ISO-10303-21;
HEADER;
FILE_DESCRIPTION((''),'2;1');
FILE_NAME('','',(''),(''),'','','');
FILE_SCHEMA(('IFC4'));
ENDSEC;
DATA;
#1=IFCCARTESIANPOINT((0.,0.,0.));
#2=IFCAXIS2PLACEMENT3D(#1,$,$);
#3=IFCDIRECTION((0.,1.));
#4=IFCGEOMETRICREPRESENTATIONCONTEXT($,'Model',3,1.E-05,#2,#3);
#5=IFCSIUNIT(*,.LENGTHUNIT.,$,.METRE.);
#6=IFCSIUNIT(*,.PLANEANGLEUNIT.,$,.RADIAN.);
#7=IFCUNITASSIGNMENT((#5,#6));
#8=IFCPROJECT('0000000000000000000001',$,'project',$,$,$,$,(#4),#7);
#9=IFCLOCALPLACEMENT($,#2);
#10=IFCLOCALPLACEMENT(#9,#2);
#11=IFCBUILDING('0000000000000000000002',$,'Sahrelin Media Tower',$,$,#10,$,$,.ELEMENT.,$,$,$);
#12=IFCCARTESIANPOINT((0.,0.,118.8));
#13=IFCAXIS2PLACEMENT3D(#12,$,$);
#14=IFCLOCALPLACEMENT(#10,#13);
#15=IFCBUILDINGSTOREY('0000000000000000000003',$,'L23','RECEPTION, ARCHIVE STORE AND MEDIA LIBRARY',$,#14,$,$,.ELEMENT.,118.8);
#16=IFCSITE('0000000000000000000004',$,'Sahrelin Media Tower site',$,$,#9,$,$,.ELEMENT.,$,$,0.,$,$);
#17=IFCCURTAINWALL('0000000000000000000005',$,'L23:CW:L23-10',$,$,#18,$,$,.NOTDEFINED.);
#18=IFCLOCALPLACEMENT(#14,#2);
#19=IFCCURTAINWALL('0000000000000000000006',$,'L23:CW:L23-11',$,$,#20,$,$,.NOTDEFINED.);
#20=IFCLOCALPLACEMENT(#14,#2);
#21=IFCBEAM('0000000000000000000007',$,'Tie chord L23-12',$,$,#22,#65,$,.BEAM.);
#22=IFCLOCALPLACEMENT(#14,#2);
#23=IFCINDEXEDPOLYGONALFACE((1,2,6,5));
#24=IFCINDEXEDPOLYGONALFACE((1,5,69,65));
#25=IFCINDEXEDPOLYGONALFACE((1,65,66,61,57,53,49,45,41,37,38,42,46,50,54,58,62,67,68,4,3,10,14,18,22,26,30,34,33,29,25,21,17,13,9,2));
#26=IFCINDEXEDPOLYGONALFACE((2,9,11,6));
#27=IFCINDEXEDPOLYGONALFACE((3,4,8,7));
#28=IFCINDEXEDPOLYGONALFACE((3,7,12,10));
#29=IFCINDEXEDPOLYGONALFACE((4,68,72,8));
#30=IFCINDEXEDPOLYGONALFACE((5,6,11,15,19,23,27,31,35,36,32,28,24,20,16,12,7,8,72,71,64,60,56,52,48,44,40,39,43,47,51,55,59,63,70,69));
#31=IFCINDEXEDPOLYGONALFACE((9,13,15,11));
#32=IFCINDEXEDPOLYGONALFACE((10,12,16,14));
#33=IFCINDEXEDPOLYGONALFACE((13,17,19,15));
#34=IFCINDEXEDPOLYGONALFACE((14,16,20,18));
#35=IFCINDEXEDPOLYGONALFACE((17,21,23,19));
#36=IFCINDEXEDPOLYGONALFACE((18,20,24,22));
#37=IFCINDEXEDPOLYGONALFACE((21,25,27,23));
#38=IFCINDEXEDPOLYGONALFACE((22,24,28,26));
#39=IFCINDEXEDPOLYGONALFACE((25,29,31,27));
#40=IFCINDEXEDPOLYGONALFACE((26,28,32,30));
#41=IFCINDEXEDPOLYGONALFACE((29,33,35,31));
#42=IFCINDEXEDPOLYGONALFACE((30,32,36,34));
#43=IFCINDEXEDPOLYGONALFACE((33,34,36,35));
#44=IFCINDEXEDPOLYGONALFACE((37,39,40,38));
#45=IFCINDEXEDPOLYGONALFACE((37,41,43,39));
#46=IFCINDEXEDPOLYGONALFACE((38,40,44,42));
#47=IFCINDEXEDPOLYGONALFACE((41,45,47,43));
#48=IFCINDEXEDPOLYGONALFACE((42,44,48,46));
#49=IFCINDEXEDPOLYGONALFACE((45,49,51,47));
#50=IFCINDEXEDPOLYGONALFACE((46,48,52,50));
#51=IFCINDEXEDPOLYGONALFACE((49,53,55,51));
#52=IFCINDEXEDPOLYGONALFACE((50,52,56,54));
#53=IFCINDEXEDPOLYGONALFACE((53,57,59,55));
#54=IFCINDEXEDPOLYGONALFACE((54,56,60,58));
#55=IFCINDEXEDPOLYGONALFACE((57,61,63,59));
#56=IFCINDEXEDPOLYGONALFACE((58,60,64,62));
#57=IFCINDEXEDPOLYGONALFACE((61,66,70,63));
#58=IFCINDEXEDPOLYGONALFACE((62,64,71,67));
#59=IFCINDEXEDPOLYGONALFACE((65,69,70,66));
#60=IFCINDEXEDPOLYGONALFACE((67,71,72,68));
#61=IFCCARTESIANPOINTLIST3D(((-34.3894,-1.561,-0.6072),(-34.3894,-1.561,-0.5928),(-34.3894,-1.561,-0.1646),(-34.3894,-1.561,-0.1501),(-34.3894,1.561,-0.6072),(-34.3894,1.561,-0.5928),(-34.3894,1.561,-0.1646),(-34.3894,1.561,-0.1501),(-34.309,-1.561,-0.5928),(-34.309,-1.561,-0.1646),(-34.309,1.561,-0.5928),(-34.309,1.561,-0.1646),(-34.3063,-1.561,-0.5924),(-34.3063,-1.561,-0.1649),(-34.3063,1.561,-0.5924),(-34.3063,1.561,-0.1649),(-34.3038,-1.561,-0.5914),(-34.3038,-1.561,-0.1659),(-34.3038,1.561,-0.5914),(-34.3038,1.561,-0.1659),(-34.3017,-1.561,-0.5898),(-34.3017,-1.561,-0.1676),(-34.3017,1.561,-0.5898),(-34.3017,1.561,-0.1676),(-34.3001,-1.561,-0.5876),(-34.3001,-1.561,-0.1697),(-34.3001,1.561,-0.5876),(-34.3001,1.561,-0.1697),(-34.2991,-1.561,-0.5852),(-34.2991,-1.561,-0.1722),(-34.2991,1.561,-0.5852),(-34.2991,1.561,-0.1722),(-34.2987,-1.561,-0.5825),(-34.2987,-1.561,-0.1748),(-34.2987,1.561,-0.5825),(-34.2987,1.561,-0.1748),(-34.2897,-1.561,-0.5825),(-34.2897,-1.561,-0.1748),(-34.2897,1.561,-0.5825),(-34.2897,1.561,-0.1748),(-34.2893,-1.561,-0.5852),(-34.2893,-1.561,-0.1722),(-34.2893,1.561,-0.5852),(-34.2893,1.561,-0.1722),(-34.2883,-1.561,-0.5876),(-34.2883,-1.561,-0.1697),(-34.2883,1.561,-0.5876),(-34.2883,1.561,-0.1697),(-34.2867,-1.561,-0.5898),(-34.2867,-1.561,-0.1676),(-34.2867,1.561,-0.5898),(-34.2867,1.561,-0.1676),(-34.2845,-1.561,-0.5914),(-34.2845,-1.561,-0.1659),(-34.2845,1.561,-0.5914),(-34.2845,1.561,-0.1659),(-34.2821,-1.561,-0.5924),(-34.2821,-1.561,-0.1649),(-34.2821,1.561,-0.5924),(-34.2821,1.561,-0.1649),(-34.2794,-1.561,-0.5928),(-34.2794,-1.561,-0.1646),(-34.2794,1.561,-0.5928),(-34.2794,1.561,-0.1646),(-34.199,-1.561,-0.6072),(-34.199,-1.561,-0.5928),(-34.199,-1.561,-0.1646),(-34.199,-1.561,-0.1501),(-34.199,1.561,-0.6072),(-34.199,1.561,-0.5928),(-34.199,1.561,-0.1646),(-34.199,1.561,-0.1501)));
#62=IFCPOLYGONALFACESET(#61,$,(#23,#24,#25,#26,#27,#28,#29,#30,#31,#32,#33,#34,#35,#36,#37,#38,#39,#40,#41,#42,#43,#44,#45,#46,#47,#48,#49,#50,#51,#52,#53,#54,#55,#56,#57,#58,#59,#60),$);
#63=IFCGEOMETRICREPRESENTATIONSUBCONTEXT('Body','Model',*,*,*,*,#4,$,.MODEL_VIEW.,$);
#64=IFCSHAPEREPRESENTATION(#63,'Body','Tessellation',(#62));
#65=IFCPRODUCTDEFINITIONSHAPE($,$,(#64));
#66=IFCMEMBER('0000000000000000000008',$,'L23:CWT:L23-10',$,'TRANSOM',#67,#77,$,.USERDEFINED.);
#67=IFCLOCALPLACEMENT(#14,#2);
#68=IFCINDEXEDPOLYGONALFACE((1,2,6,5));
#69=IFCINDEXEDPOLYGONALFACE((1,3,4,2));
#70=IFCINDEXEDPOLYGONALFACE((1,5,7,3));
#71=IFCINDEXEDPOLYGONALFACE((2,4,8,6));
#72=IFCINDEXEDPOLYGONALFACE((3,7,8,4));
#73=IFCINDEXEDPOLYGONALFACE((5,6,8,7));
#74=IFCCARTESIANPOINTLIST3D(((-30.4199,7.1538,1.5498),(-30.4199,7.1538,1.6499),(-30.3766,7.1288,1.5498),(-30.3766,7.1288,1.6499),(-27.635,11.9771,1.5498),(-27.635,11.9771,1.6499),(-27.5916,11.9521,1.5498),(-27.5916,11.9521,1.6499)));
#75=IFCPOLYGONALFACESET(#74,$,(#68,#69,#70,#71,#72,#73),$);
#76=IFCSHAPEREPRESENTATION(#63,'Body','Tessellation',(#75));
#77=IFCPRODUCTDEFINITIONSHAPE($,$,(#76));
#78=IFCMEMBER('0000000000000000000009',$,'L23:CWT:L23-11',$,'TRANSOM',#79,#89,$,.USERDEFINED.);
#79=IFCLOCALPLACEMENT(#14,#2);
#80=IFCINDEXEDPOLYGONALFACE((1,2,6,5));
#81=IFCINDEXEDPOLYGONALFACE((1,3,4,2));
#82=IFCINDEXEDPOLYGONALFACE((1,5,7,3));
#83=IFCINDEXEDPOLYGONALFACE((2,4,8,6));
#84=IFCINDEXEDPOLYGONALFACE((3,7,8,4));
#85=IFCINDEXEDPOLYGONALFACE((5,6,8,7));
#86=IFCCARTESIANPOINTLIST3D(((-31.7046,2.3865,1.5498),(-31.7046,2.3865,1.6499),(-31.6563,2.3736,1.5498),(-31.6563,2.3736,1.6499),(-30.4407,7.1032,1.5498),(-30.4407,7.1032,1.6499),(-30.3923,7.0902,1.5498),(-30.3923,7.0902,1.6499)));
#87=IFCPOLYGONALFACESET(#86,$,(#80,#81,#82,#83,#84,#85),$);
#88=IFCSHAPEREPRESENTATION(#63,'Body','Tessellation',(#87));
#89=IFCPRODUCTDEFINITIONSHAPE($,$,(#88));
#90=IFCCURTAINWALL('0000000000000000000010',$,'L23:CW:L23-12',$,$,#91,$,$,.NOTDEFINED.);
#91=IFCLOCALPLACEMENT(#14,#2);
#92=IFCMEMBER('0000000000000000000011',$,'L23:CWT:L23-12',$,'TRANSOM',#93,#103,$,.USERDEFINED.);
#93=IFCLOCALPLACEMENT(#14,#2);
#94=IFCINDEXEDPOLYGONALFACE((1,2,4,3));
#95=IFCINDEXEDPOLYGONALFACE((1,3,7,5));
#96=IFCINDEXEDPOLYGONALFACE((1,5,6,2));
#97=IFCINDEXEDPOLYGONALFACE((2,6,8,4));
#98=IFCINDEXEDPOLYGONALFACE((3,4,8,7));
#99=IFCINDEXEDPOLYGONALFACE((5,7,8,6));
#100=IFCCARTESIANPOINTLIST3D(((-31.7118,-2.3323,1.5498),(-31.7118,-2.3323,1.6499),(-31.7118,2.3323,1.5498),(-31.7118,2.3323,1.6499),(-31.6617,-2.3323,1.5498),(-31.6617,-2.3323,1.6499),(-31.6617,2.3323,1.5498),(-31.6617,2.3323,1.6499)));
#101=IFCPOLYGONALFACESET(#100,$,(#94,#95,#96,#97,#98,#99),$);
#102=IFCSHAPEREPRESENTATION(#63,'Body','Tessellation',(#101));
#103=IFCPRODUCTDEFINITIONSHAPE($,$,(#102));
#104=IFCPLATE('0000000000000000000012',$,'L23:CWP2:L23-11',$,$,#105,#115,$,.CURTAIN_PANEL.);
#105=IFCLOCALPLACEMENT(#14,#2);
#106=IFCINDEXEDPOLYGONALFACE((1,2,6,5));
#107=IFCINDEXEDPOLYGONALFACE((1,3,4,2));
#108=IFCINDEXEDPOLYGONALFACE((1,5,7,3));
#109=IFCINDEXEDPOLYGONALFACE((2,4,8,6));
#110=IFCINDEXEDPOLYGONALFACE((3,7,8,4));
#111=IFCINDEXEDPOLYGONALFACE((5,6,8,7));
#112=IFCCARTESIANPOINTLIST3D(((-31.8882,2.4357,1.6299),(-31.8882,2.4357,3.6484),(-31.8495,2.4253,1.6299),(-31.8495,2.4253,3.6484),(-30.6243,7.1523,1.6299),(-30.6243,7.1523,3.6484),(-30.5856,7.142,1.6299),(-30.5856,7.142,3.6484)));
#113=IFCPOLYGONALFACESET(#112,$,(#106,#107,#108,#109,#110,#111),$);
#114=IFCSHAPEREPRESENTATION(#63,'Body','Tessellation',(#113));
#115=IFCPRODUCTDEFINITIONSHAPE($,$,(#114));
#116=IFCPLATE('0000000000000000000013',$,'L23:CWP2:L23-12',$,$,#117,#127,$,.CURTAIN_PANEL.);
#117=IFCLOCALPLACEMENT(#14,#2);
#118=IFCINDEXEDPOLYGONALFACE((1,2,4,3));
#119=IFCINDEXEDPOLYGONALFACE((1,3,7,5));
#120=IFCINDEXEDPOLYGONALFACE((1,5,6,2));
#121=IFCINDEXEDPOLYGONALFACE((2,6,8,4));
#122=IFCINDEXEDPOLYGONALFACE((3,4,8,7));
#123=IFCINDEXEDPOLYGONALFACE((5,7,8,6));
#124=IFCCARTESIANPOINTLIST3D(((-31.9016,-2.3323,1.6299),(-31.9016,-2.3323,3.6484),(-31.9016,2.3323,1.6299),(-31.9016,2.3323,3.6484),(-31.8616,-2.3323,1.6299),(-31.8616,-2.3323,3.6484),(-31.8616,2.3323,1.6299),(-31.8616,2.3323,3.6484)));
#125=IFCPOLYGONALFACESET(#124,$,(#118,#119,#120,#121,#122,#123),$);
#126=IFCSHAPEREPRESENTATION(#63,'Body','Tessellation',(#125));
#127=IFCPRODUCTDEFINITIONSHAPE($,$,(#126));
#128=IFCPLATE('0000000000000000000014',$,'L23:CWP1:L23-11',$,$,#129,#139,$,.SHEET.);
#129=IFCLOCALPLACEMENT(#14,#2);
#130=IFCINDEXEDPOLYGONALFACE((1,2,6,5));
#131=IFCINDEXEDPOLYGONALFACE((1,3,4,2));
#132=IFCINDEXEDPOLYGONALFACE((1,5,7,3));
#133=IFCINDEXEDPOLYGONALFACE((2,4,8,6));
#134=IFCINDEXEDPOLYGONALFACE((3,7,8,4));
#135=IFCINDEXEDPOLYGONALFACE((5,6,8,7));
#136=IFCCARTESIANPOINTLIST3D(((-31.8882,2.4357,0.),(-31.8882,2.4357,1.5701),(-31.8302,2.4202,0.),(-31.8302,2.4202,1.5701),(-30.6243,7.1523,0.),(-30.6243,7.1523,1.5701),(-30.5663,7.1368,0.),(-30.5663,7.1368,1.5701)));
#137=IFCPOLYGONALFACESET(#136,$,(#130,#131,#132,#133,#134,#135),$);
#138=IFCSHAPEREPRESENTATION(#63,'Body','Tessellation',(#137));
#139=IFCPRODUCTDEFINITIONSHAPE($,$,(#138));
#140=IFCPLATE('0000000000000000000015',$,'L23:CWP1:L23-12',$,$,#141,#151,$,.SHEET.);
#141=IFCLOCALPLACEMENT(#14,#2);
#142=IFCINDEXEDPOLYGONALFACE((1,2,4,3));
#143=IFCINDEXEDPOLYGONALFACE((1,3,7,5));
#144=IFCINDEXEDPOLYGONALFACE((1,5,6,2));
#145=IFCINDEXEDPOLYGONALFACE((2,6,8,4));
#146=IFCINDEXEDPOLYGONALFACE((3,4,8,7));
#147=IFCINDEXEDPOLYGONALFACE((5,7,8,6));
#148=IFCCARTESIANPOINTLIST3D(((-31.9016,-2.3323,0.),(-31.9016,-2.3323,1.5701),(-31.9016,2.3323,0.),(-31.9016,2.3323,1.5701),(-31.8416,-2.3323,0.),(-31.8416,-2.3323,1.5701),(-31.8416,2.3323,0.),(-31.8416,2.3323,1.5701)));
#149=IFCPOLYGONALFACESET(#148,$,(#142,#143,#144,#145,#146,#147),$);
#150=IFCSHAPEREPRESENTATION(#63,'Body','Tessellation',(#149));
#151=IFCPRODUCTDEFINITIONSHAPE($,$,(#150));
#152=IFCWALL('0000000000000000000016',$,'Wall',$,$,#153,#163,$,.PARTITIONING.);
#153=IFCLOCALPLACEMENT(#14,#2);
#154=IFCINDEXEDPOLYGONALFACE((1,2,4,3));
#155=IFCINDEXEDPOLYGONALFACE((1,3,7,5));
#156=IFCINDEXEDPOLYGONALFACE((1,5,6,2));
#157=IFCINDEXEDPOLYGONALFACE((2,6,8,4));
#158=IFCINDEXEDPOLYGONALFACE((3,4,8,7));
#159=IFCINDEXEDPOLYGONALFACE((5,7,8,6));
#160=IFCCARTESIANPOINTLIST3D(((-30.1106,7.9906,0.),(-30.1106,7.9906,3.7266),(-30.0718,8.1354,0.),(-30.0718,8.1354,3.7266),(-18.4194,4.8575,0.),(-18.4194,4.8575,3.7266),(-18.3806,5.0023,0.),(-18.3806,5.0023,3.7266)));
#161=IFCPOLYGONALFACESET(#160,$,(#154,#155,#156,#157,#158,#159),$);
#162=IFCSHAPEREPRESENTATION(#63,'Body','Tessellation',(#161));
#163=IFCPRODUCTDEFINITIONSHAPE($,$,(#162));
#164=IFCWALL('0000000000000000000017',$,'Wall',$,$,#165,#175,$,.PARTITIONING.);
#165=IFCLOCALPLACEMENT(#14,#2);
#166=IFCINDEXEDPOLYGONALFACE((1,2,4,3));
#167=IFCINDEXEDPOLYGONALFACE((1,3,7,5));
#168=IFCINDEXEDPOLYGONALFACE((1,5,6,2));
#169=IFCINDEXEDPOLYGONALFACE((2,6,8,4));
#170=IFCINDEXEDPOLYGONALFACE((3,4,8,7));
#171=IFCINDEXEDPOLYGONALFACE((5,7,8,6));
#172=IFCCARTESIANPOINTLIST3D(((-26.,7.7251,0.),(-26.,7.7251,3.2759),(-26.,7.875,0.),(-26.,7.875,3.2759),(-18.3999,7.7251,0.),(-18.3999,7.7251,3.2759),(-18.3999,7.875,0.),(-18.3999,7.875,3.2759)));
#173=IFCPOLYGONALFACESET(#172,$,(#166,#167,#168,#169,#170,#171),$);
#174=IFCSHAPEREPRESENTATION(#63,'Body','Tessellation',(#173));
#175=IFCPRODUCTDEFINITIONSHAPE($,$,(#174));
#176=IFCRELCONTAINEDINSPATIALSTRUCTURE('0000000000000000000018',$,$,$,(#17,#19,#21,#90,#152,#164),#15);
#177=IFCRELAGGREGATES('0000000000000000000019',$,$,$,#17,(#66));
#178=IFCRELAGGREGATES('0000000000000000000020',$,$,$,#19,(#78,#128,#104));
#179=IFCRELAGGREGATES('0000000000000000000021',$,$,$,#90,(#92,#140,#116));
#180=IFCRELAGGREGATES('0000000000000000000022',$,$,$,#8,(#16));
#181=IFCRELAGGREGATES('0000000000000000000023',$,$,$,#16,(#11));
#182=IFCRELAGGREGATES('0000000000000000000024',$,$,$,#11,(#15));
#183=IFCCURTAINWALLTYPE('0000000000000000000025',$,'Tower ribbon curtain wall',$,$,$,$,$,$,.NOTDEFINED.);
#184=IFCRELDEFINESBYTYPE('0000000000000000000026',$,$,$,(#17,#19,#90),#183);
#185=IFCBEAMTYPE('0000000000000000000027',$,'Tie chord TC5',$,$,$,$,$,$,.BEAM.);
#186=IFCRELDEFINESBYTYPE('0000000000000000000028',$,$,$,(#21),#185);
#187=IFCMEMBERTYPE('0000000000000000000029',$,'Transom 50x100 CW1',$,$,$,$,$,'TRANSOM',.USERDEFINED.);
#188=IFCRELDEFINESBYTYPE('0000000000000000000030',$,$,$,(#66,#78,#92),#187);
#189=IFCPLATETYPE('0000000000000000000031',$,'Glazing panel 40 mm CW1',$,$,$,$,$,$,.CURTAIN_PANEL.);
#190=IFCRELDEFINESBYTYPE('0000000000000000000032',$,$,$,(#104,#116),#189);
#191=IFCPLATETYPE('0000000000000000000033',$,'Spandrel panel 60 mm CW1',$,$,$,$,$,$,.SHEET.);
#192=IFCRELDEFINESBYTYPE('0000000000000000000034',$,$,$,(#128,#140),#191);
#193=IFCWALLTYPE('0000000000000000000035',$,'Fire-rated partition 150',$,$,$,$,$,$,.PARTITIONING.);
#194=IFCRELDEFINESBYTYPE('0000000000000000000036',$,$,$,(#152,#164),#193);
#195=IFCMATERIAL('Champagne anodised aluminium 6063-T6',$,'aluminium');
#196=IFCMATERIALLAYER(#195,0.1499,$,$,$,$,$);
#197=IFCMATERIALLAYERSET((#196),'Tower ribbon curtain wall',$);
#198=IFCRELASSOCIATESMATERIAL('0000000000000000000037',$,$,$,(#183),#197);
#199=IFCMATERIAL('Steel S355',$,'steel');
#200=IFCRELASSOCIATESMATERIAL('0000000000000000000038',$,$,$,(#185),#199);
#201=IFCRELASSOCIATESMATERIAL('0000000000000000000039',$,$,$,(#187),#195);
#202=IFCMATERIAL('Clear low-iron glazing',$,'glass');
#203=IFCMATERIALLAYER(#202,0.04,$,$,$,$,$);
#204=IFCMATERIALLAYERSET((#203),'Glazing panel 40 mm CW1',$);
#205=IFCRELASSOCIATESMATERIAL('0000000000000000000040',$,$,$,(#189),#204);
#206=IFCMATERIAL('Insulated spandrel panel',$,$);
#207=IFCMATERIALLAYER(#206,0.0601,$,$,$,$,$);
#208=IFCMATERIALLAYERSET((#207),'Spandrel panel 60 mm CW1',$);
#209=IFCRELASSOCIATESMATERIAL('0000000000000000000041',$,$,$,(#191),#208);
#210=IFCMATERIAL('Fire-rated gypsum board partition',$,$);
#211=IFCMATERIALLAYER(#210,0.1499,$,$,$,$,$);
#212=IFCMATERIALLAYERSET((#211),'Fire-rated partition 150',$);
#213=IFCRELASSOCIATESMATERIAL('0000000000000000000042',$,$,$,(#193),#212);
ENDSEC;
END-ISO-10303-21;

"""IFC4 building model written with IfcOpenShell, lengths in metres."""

from ifc_helpers import new_model, si_unit, direction, frame, frame_2d, origin, origin_2d, place, context, subcontext, project, spatial, polyline, rectangle, i_section, outline, extrude, material, layer, layer_set, material_profile, profile_set, type_object, element, aggregate, save


model = new_model("IFC4")

# Units and contexts
model_context = context("Model", 3, precision=1e-05, world=origin(), true_north=direction((0.0, 1.0)))
body_context = subcontext(model_context, "Body", "Model", "MODEL_VIEW")
ifc_project = project(units=[si_unit("LENGTHUNIT", "METRE"), si_unit("PLANEANGLEUNIT", "RADIAN")], contexts=[model_context])

# Site, building, storey
site_placement = place(None, origin())
site = spatial("IfcSite", under=ifc_project, at=site_placement, Name="Sahrelin Media Tower site", CompositionType="ELEMENT", RefElevation=0.0)
building_placement = place(site_placement, origin())
building = spatial("IfcBuilding", under=site, at=building_placement, Name="Sahrelin Media Tower", CompositionType="ELEMENT")
storey_placement = place(building_placement, frame((0.0, 0.0, 118.8)))
storey = spatial("IfcBuildingStorey", under=building, at=storey_placement, Name="L23", Description="RECEPTION, ARCHIVE STORE AND MEDIA LIBRARY", CompositionType="ELEMENT", Elevation=118.8)

# Shared definitions
ifc_material_1 = material(Name="Steel S355", Category="steel")

# Curtain walls
ifc_material_2 = material(Name="Champagne anodised aluminium 6063-T6", Category="aluminium")
ifc_layer_1 = layer(ifc_material_2, 0.1499)
ifc_layer_set_1 = layer_set([ifc_layer_1], Name="Tower ribbon curtain wall")
curtain_wall_type = type_object("IfcCurtainWallType", Name="Tower ribbon curtain wall", PredefinedType="NOTDEFINED", material=ifc_layer_set_1)
curtain_wall_1_placement = place(storey_placement, frame((-29.1746, 9.6504, 0.0), z_axis=(0.0, 0.0, 1.0), x_axis=(1.0, 0.0, 0.0)))
curtain_wall_1 = element("IfcCurtainWall", 1, at=curtain_wall_1_placement, inside=storey, type_object=curtain_wall_type, Name="L23:CW:L23-10", PredefinedType="NOTDEFINED")
curtain_wall_2_placement = place(storey_placement, frame((-31.2368, 4.7888, 0.0), z_axis=(0.0, 0.0, 1.0), x_axis=(1.0, 0.0, 0.0)))
curtain_wall_2 = element("IfcCurtainWall", 2, at=curtain_wall_2_placement, inside=storey, type_object=curtain_wall_type, Name="L23:CW:L23-11", PredefinedType="NOTDEFINED")

# Beam
ifc_material_profile_1 = material_profile(ifc_material_1, i_section(OverallWidth=0.1904, OverallDepth=0.457, WebThickness=0.009, FlangeThickness=0.0144, FilletRadius=0.0103, at=origin_2d()), Name="UB 457x191x74")
ifc_profile_set_1 = profile_set([ifc_material_profile_1], Name="Steel S355")
beam_type_1 = type_object("IfcBeamType", Name="Tie chord TC5", PredefinedType="BEAM", material=ifc_profile_set_1)
beam_1_placement = place(storey_placement, frame((-34.2942, 1.561, -0.3787), z_axis=(0.0, -1.0, 0.0), x_axis=(1.0, 0.0, 0.0)))
element("IfcBeam", 3, at=beam_1_placement, inside=storey, type_object=beam_type_1, Name="Tie chord L23-12", PredefinedType="BEAM", context=body_context, shape_type="SweptSolid", body=[
    extrude(i_section(OverallWidth=0.1904, OverallDepth=0.457, WebThickness=0.009, FlangeThickness=0.0144, FilletRadius=0.0103, at=origin_2d()), origin(), (0.0, 0.0, 1.0), 3.1221),
])

# Members
ifc_material_profile_2 = material_profile(ifc_material_2, rectangle(XDim=0.05, YDim=0.1001, at=origin_2d()), Name="Transom 50x100")
ifc_profile_set_2 = profile_set([ifc_material_profile_2], Name="Champagne anodised aluminium 6063-T6")
member_type_1 = type_object("IfcMemberType", Name="Transom 50x100 CW1", ElementType="TRANSOM", PredefinedType="USERDEFINED", material=ifc_profile_set_2)
member_1_placement = place(storey_placement, frame((-27.6133, 11.9646, 1.5999), z_axis=(-0.500029, -0.866009, 0.0), x_axis=(0.866009, -0.500029, 0.0)))
member_1 = element("IfcMember", 4, at=member_1_placement, type_object=member_type_1, Name="L23:CWT:L23-10", ObjectType="TRANSOM", PredefinedType="USERDEFINED", context=body_context, shape_type="SweptSolid", body=[
    extrude(rectangle(XDim=0.05, YDim=0.1001, at=origin_2d()), origin(), (0.0, 0.0, 1.0), 5.5696),
])
aggregate(curtain_wall_1, [member_1])
member_2_placement = place(storey_placement, frame((-30.4165, 7.0967, 1.5999), z_axis=(-0.258842, -0.96592, 0.0), x_axis=(0.96592, -0.258842, 0.0)))
member_2 = element("IfcMember", 5, at=member_2_placement, type_object=member_type_1, Name="L23:CWT:L23-11", ObjectType="TRANSOM", PredefinedType="USERDEFINED", context=body_context, shape_type="SweptSolid", body=[
    extrude(rectangle(XDim=0.05, YDim=0.1001, at=origin_2d()), origin(), (0.0, 0.0, 1.0), 4.8831),
])

# Curtain wall, member
curtain_wall_3_placement = place(storey_placement, frame((-31.8816, 0.0, 0.0), z_axis=(0.0, 0.0, 1.0), x_axis=(1.0, 0.0, 0.0)))
curtain_wall_3 = element("IfcCurtainWall", 6, at=curtain_wall_3_placement, inside=storey, type_object=curtain_wall_type, Name="L23:CW:L23-12", PredefinedType="NOTDEFINED")
member_3_placement = place(storey_placement, frame((-31.6868, 2.3323, 1.5999), z_axis=(0.0, -1.0, 0.0), x_axis=(1.0, 0.0, 0.0)))
member_3 = element("IfcMember", 7, at=member_3_placement, type_object=member_type_1, Name="L23:CWT:L23-12", ObjectType="TRANSOM", PredefinedType="USERDEFINED", context=body_context, shape_type="SweptSolid", body=[
    extrude(rectangle(XDim=0.05, YDim=0.1001, at=origin_2d()), origin(), (0.0, 0.0, 1.0), 4.6646),
])

# Plates
ifc_material_3 = material(Name="Clear low-iron glazing", Category="glass")
ifc_layer_2 = layer(ifc_material_3, 0.04)
ifc_layer_set_2 = layer_set([ifc_layer_2], Name="Glazing panel 40 mm CW1")
plate_type_1 = type_object("IfcPlateType", Name="Glazing panel 40 mm CW1", PredefinedType="CURTAIN_PANEL", material=ifc_layer_set_2)
plate_1_placement = place(storey_placement, frame((-30.6243, 7.1523, 1.6299), z_axis=(-0.96592, 0.258842, 0.0), x_axis=(-0.258842, -0.96592, 0.0)))
plate_1 = element("IfcPlate", 8, at=plate_1_placement, type_object=plate_type_1, Name="L23:CWP2:L23-11", PredefinedType="CURTAIN_PANEL", context=body_context, shape_type="SweptSolid", body=[
    extrude(outline(polyline([(0.0, 0.0), (4.8831, 0.0), (4.8831, 2.0186), (0.0, 2.0186), (0.0, 0.0)])), origin(), (0.0, 0.0, -1.0), 0.04),
])
plate_2_placement = place(storey_placement, frame((-31.9016, 2.3323, 1.6299), z_axis=(-1.0, 0.0, 0.0), x_axis=(0.0, -1.0, 0.0)))
plate_2 = element("IfcPlate", 9, at=plate_2_placement, type_object=plate_type_1, Name="L23:CWP2:L23-12", PredefinedType="CURTAIN_PANEL", context=body_context, shape_type="SweptSolid", body=[
    extrude(outline(polyline([(0.0, 0.0), (4.6646, 0.0), (4.6646, 2.0186), (0.0, 2.0186), (0.0, 0.0)])), origin(), (0.0, 0.0, -1.0), 0.04),
])
ifc_material_4 = material(Name="Insulated spandrel panel")
ifc_layer_3 = layer(ifc_material_4, 0.0601)
ifc_layer_set_3 = layer_set([ifc_layer_3], Name="Spandrel panel 60 mm CW1")
plate_type_2 = type_object("IfcPlateType", Name="Spandrel panel 60 mm CW1", PredefinedType="SHEET", material=ifc_layer_set_3)
plate_3_placement = place(storey_placement, frame((-30.6243, 7.1523, 0.0), z_axis=(-0.96592, 0.258842, 0.0), x_axis=(-0.258842, -0.96592, 0.0)))
plate_3 = element("IfcPlate", 10, at=plate_3_placement, type_object=plate_type_2, Name="L23:CWP1:L23-11", PredefinedType="SHEET", context=body_context, shape_type="SweptSolid", body=[
    extrude(outline(polyline([(0.0, 0.0), (4.8831, 0.0), (4.8831, 1.5701), (0.0, 1.5701), (0.0, 0.0)])), origin(), (0.0, 0.0, -1.0), 0.0601),
])
aggregate(curtain_wall_2, [member_2, plate_3, plate_1])
plate_4_placement = place(storey_placement, frame((-31.9016, 2.3323, 0.0), z_axis=(-1.0, 0.0, 0.0), x_axis=(0.0, -1.0, 0.0)))
plate_4 = element("IfcPlate", 11, at=plate_4_placement, type_object=plate_type_2, Name="L23:CWP1:L23-12", PredefinedType="SHEET", context=body_context, shape_type="SweptSolid", body=[
    extrude(outline(polyline([(0.0, 0.0), (4.6646, 0.0), (4.6646, 1.5701), (0.0, 1.5701), (0.0, 0.0)])), origin(), (0.0, 0.0, -1.0), 0.0601),
])
aggregate(curtain_wall_3, [member_3, plate_4, plate_2])

# Walls
ifc_material_5 = material(Name="Fire-rated gypsum board partition")
ifc_layer_4 = layer(ifc_material_5, 0.1499)
ifc_layer_set_4 = layer_set([ifc_layer_4], Name="Fire-rated partition 150")
wall_type = type_object("IfcWallType", Name="Fire-rated partition 150", PredefinedType="PARTITIONING", material=ifc_layer_set_4)
wall_1_placement = place(storey_placement, frame((-30.0911, 8.063, 0.0), z_axis=(0.0, 0.0, 1.0), x_axis=(0.965917, -0.258851, 0.0)))
element("IfcWall", 12, at=wall_1_placement, inside=storey, type_object=wall_type, Name="Wall", PredefinedType="PARTITIONING", context=body_context, shape_type="SweptSolid", body=[
    extrude(rectangle(XDim=12.1038, YDim=0.1499, at=frame_2d((6.0518, 0.0))), origin(), (0.0, 0.0, 1.0), 3.7266),
])
wall_2_placement = place(storey_placement, frame((-26.0, 7.8, 0.0), z_axis=(0.0, 0.0, 1.0), x_axis=(1.0, 0.0, 0.0)))
element("IfcWall", 13, at=wall_2_placement, inside=storey, type_object=wall_type, Name="Wall", PredefinedType="PARTITIONING", context=body_context, shape_type="SweptSolid", body=[
    extrude(rectangle(XDim=7.6001, YDim=0.1499, at=frame_2d((3.8, 0.0))), origin(), (0.0, 0.0, 1.0), 3.2759),
])

save(model, "model.ifc")
